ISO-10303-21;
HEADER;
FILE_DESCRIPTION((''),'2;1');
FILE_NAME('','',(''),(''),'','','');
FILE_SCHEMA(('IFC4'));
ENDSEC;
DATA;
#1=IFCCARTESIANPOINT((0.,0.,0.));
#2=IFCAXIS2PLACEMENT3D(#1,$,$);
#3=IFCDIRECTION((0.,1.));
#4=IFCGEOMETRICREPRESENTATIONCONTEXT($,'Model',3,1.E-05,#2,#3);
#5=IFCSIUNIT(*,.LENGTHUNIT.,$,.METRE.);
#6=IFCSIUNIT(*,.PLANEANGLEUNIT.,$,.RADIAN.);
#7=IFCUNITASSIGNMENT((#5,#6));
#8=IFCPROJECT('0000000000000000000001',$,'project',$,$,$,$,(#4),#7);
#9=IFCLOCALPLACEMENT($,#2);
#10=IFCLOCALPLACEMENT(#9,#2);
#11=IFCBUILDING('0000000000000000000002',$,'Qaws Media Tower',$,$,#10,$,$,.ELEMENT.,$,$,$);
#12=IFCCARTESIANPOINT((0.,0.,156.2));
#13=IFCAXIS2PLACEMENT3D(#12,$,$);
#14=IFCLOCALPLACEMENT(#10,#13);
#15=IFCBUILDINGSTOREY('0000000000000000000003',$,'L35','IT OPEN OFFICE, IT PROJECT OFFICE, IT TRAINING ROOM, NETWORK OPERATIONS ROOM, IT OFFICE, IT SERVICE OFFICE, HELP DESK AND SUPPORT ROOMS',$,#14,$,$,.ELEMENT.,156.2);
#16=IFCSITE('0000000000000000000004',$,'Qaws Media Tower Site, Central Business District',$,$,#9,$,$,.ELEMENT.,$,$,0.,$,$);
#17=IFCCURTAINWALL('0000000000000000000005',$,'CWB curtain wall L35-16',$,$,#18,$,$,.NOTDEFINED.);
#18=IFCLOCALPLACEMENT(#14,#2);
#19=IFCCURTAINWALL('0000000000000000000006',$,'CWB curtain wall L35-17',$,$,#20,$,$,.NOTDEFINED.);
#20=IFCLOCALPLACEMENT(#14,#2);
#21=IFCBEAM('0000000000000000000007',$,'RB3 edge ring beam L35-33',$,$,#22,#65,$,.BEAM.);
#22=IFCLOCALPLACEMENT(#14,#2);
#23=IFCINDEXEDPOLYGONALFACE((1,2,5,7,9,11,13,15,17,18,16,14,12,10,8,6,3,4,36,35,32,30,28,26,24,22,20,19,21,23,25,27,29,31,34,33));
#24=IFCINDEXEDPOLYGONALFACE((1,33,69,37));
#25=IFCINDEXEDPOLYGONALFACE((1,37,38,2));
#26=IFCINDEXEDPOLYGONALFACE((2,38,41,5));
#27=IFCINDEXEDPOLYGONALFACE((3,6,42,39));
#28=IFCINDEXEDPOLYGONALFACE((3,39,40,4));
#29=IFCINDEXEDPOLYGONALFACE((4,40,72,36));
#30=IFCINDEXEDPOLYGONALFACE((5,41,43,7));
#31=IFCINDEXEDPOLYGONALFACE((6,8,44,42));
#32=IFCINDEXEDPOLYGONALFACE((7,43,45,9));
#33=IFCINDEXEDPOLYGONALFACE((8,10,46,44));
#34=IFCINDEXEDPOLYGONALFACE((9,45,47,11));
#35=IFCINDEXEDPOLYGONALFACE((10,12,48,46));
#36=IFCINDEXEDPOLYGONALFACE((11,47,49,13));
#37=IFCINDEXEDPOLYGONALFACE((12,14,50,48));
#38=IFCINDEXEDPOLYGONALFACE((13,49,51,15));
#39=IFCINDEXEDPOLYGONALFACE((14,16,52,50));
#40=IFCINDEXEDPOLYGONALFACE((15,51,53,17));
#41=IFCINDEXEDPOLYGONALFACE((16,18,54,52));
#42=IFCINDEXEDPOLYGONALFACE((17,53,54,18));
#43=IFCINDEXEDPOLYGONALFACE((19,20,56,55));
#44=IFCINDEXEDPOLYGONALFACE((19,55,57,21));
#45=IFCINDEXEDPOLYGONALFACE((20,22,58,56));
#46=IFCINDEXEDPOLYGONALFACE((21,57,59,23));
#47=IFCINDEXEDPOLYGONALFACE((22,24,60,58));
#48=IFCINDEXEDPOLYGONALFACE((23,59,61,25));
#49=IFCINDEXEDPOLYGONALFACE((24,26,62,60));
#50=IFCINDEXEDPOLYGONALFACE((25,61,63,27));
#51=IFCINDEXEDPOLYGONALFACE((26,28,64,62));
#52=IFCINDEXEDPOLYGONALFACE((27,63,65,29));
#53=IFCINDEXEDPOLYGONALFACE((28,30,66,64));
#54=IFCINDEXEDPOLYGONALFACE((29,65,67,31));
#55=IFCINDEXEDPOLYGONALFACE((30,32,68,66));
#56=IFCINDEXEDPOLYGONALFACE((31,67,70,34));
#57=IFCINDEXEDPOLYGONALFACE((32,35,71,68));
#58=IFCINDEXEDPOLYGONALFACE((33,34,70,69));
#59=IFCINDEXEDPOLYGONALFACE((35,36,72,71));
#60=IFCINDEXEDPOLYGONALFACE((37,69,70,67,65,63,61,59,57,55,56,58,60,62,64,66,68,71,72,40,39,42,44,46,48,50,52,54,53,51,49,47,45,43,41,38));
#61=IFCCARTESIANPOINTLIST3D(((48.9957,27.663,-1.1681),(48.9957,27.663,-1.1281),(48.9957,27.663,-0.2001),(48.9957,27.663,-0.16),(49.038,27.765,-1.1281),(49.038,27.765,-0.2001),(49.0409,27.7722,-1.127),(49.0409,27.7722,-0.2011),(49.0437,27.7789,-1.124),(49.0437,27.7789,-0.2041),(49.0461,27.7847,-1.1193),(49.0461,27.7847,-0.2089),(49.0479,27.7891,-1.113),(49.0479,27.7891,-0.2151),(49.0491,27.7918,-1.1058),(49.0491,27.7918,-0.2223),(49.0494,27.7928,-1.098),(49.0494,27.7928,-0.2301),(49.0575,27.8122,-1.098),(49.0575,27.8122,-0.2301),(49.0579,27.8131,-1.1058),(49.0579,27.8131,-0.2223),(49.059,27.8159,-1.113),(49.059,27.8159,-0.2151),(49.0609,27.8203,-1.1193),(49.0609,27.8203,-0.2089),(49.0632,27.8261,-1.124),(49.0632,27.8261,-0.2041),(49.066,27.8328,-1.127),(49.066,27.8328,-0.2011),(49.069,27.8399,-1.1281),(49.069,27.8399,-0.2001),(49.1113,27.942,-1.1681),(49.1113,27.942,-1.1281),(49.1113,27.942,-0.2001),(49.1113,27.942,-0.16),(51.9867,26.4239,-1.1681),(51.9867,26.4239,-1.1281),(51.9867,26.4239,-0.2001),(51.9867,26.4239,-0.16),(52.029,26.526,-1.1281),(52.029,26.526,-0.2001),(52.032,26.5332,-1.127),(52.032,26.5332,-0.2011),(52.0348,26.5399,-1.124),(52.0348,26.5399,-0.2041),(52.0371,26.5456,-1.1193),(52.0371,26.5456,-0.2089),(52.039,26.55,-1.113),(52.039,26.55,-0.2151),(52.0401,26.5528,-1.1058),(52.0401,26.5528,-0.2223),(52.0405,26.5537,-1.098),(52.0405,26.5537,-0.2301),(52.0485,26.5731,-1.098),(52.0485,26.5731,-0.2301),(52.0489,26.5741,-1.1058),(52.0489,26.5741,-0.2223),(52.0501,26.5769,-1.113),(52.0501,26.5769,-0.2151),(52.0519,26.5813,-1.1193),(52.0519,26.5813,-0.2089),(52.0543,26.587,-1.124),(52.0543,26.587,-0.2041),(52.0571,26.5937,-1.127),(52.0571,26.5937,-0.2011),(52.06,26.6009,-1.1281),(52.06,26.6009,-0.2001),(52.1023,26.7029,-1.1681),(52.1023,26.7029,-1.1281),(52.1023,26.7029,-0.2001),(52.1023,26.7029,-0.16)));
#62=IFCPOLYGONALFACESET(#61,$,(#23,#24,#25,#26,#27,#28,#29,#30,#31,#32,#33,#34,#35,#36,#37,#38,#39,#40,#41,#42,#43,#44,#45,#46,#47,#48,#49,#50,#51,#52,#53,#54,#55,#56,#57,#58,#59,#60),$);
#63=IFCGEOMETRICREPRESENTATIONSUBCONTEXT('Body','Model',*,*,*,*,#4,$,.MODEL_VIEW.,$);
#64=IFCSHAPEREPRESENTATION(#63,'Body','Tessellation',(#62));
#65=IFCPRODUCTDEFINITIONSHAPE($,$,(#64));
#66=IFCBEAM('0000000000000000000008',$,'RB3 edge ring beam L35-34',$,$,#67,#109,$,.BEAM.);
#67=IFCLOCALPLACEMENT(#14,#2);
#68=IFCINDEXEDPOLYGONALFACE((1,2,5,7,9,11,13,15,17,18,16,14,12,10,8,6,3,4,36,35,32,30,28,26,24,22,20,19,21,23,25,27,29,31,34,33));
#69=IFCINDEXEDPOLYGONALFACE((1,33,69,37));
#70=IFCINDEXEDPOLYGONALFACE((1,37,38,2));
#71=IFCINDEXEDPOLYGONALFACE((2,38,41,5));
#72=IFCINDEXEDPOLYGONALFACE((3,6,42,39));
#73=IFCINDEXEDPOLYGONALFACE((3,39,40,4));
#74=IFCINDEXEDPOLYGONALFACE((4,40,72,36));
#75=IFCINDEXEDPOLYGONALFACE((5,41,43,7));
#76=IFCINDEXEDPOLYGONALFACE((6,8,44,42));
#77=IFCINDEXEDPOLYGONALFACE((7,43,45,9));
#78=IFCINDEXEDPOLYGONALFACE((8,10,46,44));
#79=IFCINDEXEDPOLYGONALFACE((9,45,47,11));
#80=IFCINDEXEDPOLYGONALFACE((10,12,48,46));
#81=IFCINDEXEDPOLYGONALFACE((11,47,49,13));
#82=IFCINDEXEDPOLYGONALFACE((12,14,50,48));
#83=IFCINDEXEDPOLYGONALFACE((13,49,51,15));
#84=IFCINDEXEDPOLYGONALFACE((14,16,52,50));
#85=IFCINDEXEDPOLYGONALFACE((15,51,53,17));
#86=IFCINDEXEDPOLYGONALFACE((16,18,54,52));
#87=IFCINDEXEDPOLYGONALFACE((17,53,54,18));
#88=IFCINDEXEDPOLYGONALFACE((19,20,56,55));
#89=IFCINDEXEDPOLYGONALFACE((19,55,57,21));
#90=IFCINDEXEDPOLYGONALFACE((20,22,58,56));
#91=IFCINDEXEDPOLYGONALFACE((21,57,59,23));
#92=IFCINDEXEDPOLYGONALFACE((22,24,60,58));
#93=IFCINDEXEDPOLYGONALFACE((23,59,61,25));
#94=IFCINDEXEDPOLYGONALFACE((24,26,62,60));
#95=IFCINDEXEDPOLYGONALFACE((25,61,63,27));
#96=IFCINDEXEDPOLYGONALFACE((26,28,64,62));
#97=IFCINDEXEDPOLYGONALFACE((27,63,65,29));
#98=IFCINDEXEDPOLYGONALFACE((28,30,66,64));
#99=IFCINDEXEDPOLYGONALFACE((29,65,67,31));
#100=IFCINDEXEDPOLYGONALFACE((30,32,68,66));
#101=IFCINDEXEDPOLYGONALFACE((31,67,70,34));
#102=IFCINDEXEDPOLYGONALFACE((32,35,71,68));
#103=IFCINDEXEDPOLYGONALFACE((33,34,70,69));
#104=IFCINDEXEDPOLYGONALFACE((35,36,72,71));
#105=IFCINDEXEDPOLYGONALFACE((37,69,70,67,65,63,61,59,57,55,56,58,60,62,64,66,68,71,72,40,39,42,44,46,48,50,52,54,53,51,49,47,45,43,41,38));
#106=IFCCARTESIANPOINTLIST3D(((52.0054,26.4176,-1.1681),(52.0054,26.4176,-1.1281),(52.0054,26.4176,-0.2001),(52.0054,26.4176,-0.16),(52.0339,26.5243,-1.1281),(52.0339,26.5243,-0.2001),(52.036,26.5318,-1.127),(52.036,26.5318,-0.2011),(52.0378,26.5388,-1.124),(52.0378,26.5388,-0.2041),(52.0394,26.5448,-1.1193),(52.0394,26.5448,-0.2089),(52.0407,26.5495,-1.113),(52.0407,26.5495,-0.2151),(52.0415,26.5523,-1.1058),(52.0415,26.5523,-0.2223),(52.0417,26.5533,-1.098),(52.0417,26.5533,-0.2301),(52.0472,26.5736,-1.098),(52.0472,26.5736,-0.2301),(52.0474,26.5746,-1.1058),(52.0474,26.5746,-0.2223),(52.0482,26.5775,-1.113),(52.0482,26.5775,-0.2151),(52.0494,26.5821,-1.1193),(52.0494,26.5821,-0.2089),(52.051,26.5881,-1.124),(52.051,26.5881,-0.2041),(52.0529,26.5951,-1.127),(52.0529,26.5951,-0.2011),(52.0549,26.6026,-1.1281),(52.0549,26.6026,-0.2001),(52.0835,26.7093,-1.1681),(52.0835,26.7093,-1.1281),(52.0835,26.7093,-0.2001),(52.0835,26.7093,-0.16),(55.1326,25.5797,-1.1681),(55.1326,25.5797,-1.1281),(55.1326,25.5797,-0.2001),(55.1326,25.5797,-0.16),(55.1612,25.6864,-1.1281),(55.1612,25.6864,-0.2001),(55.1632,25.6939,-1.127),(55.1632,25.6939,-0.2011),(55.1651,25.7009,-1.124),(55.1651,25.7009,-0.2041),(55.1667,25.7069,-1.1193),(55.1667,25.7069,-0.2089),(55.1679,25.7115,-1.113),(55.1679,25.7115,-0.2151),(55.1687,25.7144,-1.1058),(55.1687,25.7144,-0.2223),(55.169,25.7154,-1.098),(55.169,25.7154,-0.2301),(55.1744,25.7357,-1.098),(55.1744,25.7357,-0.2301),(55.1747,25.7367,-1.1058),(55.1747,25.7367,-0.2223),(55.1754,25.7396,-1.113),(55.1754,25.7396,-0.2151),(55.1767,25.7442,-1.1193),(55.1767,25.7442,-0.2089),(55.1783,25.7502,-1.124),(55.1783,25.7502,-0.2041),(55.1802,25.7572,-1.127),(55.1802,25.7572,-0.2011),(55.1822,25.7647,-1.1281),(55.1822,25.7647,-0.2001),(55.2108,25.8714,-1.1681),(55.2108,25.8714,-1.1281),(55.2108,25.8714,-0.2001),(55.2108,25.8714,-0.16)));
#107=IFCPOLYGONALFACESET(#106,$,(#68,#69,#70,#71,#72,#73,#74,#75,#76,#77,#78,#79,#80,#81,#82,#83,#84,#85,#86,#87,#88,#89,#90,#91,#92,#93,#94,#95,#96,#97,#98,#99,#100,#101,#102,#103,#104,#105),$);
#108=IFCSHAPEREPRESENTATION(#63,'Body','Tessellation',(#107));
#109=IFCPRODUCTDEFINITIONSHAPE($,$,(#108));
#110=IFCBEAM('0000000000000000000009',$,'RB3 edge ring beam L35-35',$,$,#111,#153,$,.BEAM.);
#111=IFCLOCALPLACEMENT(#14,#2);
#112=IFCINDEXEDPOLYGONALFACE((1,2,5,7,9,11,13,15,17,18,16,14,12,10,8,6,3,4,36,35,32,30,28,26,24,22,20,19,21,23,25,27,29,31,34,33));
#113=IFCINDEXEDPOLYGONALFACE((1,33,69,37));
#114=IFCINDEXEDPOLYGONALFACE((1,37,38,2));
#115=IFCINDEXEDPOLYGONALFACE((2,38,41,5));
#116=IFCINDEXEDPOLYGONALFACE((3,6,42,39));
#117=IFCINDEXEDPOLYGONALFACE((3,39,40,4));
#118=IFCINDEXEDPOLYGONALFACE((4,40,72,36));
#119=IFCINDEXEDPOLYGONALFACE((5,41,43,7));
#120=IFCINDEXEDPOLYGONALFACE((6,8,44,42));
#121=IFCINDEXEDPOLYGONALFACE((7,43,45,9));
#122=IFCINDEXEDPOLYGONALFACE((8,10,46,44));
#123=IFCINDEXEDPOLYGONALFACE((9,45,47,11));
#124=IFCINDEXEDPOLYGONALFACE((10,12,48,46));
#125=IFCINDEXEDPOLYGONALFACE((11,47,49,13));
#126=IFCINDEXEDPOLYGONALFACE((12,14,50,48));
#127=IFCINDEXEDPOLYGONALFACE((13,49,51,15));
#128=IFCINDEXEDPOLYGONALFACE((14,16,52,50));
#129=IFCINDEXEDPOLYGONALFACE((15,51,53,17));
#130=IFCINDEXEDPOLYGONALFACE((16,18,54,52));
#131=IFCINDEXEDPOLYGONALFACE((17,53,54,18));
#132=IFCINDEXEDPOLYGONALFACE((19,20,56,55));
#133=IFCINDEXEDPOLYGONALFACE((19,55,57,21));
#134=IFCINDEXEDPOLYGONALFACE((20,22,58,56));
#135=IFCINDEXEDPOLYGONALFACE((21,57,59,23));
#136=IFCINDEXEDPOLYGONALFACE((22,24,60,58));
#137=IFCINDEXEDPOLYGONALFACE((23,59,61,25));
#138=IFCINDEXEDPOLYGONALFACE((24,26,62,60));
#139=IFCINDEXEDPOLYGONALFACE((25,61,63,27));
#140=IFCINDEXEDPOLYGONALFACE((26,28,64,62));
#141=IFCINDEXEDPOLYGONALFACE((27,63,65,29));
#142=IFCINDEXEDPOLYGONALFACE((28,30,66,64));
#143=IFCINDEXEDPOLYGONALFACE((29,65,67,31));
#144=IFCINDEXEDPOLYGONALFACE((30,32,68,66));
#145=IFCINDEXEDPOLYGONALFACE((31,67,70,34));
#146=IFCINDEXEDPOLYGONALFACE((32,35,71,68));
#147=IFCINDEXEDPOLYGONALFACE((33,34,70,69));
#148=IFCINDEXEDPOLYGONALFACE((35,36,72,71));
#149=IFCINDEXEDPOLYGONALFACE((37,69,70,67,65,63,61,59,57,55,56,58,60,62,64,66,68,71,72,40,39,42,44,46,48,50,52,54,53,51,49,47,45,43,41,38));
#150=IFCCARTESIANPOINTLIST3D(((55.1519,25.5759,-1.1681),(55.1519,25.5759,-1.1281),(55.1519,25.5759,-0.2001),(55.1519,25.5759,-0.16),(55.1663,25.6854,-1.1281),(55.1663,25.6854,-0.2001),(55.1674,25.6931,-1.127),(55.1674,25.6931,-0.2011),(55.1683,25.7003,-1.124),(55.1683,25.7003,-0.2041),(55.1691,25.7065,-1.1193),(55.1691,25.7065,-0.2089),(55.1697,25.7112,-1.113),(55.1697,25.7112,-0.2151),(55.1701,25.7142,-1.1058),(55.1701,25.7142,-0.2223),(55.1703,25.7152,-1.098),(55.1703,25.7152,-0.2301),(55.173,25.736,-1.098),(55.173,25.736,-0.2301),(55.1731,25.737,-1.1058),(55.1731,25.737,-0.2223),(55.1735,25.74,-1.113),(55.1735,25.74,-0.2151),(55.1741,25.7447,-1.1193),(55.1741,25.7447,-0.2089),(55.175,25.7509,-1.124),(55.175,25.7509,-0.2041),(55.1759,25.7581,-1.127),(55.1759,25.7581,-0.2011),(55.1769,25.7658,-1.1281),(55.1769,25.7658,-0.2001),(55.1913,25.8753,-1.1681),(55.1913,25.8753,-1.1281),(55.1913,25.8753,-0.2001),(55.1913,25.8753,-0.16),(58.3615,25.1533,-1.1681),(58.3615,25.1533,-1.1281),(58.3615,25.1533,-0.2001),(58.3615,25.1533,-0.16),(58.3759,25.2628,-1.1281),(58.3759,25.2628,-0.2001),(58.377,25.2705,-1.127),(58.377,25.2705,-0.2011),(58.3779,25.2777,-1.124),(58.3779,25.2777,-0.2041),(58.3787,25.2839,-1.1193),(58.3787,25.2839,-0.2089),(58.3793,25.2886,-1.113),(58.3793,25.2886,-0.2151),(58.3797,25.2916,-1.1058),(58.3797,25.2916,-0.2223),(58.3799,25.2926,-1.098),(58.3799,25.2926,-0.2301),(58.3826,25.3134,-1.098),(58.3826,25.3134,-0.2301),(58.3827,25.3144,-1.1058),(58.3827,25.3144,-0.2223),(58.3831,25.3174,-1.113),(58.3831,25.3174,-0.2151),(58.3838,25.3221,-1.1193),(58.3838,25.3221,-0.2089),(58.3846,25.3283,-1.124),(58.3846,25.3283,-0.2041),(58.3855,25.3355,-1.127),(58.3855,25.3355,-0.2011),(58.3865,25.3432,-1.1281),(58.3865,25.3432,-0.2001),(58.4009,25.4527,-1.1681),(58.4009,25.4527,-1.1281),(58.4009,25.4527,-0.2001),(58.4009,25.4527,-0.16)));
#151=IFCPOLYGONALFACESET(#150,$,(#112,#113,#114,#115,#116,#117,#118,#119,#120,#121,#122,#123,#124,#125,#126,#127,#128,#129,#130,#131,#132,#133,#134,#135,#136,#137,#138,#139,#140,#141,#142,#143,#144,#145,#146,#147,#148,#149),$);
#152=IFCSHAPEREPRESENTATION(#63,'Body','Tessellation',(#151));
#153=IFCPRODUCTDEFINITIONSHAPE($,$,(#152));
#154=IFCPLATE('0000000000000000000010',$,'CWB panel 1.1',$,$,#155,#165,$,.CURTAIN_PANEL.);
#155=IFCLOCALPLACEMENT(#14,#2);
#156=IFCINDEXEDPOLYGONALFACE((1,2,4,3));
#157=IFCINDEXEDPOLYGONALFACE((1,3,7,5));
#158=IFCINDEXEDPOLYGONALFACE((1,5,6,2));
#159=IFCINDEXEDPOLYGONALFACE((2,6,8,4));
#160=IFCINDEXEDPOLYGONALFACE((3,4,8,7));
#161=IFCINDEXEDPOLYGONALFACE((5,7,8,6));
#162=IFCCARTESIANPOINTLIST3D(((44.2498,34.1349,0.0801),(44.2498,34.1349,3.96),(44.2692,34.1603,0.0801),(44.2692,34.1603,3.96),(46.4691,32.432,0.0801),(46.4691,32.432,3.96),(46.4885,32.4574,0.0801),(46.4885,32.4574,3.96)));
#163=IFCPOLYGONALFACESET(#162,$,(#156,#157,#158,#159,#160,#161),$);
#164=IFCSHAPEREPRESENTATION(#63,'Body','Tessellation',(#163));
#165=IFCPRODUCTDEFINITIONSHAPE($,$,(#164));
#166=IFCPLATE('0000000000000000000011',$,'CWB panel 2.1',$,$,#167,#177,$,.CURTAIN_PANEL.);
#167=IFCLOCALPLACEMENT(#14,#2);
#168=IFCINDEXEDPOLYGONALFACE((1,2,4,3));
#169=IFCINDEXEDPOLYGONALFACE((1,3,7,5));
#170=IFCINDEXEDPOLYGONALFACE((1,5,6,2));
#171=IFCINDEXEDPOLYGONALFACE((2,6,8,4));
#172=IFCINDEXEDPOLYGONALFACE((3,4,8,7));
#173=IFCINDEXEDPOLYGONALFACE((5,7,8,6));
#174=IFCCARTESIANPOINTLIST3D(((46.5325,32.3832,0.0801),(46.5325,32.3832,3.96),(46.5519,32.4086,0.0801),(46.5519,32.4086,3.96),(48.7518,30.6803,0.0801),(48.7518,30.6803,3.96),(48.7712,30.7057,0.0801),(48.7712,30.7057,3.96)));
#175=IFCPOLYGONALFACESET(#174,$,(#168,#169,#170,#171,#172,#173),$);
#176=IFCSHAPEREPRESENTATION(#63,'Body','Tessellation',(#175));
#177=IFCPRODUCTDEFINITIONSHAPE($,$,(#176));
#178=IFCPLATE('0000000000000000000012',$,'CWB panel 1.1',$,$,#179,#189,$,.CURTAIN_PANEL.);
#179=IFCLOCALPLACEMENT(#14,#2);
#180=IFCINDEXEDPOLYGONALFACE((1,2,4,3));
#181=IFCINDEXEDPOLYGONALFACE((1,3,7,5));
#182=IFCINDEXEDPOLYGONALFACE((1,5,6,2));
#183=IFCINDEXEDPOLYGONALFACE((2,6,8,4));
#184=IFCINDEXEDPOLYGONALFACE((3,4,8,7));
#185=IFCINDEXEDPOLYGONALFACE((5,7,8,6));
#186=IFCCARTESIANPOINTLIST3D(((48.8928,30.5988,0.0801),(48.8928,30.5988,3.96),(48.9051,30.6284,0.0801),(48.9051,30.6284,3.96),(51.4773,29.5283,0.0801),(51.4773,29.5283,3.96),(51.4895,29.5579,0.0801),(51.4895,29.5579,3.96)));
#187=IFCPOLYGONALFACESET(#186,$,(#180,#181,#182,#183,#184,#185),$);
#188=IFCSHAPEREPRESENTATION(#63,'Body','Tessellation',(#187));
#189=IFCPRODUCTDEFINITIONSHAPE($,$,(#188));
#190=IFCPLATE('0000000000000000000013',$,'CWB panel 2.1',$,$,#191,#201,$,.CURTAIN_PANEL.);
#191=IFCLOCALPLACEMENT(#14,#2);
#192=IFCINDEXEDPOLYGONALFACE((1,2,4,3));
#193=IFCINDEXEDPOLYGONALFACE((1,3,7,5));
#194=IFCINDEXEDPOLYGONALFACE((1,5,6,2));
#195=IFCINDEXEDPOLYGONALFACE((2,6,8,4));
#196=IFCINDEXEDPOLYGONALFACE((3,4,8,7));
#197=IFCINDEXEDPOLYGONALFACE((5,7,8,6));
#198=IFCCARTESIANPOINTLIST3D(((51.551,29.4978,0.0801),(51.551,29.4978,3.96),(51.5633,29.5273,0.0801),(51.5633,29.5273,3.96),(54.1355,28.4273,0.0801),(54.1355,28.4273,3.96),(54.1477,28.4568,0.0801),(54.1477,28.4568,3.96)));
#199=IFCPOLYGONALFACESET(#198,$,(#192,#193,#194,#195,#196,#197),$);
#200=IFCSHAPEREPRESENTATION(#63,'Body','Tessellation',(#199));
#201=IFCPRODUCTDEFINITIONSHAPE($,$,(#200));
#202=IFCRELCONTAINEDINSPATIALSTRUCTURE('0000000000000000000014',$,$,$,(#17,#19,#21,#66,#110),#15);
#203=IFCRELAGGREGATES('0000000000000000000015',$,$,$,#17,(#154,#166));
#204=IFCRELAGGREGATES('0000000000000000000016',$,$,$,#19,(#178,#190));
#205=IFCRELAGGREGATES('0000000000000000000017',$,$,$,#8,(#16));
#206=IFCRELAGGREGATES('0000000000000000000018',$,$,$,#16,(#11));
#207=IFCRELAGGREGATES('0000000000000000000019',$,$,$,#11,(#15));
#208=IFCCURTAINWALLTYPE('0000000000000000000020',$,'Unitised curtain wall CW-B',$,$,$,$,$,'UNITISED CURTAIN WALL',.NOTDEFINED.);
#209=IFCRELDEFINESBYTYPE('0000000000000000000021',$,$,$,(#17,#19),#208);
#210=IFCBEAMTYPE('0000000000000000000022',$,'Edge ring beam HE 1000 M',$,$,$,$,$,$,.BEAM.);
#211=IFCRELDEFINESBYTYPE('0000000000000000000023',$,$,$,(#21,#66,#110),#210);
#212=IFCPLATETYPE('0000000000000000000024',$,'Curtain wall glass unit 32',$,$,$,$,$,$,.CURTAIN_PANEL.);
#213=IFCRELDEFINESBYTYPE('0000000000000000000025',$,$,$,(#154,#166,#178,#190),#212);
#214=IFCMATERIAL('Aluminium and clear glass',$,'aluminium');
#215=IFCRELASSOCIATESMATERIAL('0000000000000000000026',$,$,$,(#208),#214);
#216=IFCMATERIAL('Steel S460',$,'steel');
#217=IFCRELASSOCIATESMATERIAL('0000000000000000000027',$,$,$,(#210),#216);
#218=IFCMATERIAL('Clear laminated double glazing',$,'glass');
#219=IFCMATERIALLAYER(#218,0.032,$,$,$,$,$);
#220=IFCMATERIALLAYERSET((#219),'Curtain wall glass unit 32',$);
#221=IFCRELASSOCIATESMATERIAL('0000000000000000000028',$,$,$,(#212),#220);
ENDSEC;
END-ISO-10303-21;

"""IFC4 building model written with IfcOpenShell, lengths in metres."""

from ifc_helpers import new_model, si_unit, direction, frame, origin, origin_2d, place, context, subcontext, project, spatial, rectangle, i_section, extrude, material, layer, layer_set, material_profile, profile_set, type_object, element, aggregate, save


model = new_model("IFC4")

# Units and contexts
model_context = context("Model", 3, precision=1e-05, world=origin(), true_north=direction((0.0, 1.0)))
body_context = subcontext(model_context, "Body", "Model", "MODEL_VIEW")
ifc_project = project(units=[si_unit("LENGTHUNIT", "METRE"), si_unit("PLANEANGLEUNIT", "RADIAN")], contexts=[model_context])

# Site, building, storey
site_placement = place(None, origin())
site = spatial("IfcSite", under=ifc_project, at=site_placement, Name="Qaws Media Tower Site, Central Business District", CompositionType="ELEMENT", RefElevation=0.0)
building_placement = place(site_placement, origin())
building = spatial("IfcBuilding", under=site, at=building_placement, Name="Qaws Media Tower", CompositionType="ELEMENT")
storey_placement = place(building_placement, frame((0.0, 0.0, 156.2)))
storey = spatial("IfcBuildingStorey", under=building, at=storey_placement, Name="L35", Description="IT OPEN OFFICE, IT PROJECT OFFICE, IT TRAINING ROOM, NETWORK OPERATIONS ROOM, IT OFFICE, IT SERVICE OFFICE, HELP DESK AND SUPPORT ROOMS", CompositionType="ELEMENT", Elevation=156.2)

# Curtain walls
ifc_material_1 = material(Name="Aluminium and clear glass", Category="aluminium")
curtain_wall_type = type_object("IfcCurtainWallType", Name="Unitised curtain wall CW-B", ElementType="UNITISED CURTAIN WALL", PredefinedType="NOTDEFINED", material=ifc_material_1)
curtain_wall_1_placement = place(storey_placement, origin())
curtain_wall_1 = element("IfcCurtainWall", 1, at=curtain_wall_1_placement, inside=storey, type_object=curtain_wall_type, Name="CWB curtain wall L35-16", PredefinedType="NOTDEFINED")
curtain_wall_2_placement = place(storey_placement, origin())
curtain_wall_2 = element("IfcCurtainWall", 2, at=curtain_wall_2_placement, inside=storey, type_object=curtain_wall_type, Name="CWB curtain wall L35-17", PredefinedType="NOTDEFINED")

# Beams
ifc_material_2 = material(Name="Steel S460", Category="steel")
ifc_material_profile_1 = material_profile(ifc_material_2, i_section(OverallWidth=0.302, OverallDepth=1.0081, WebThickness=0.021, FlangeThickness=0.04, FilletRadius=0.03, at=origin_2d()), Name="HE 1000 M")
ifc_profile_set_1 = profile_set([ifc_material_profile_1], Name="Steel S460")
beam_type = type_object("IfcBeamType", Name="Edge ring beam HE 1000 M", PredefinedType="BEAM", material=ifc_profile_set_1)
for number, where, z_axis, x_axis, name in (
    (3, (49.0535, 27.8025, -0.6641), (0.923867, -0.382714, 0.0), (0.382714, 0.923867, 0.0), "RB3 edge ring beam L35-33"),
    (4, (52.0444, 26.5635, -0.6641), (0.965929, -0.258808, 0.0), (0.258808, 0.965929, 0.0), "RB3 edge ring beam L35-34"),
):
    element("IfcBeam", number, at=place(storey_placement, frame(where, z_axis=z_axis, x_axis=x_axis)), inside=storey, type_object=beam_type, Name=name, PredefinedType="BEAM", context=body_context, shape_type="SweptSolid", body=[
        extrude(i_section(OverallWidth=0.302, OverallDepth=1.0081, WebThickness=0.021, FlangeThickness=0.04, FilletRadius=0.03, at=origin_2d()), origin(), (0.0, 0.0, 1.0), 3.2375),
    ])
beam_1_placement = place(storey_placement, frame((55.1716, 25.7256, -0.6641), z_axis=(0.991443, -0.130538, 0.0), x_axis=(0.130538, 0.991443, 0.0)))
element("IfcBeam", 5, at=beam_1_placement, inside=storey, type_object=beam_type, Name="RB3 edge ring beam L35-35", PredefinedType="BEAM", context=body_context, shape_type="SweptSolid", body=[
    extrude(i_section(OverallWidth=0.302, OverallDepth=1.0081, WebThickness=0.021, FlangeThickness=0.04, FilletRadius=0.03, at=origin_2d()), origin(), (0.0, 0.0, 1.0), 3.2373),
])

# Plates
ifc_material_3 = material(Name="Clear laminated double glazing", Category="glass")
ifc_layer_1 = layer(ifc_material_3, 0.032)
ifc_layer_set_1 = layer_set([ifc_layer_1], Name="Curtain wall glass unit 32")
plate_type_1 = type_object("IfcPlateType", Name="Curtain wall glass unit 32", PredefinedType="CURTAIN_PANEL", material=ifc_layer_set_1)
plate_1_placement = place(storey_placement, frame((45.3691, 33.2961, 0.0801), z_axis=(0.0, 0.0, 1.0), x_axis=(0.793353, -0.608761, 0.0)))
plate_1 = element("IfcPlate", 6, at=plate_1_placement, type_object=plate_type_1, Name="CWB panel 1.1", PredefinedType="CURTAIN_PANEL", context=body_context, shape_type="SweptSolid", body=[
    extrude(rectangle(XDim=2.7974, YDim=0.032, at=origin_2d()), origin(), (0.0, 0.0, 1.0), 3.8799),
])
plate_2_placement = place(storey_placement, frame((47.6519, 31.5444, 0.0801), z_axis=(0.0, 0.0, 1.0), x_axis=(0.793353, -0.608761, 0.0)))
plate_2 = element("IfcPlate", 7, at=plate_2_placement, type_object=plate_type_1, Name="CWB panel 2.1", PredefinedType="CURTAIN_PANEL", context=body_context, shape_type="SweptSolid", body=[
    extrude(rectangle(XDim=2.7974, YDim=0.032, at=origin_2d()), origin(), (0.0, 0.0, 1.0), 3.8799),
])
aggregate(curtain_wall_1, [plate_1, plate_2])
plate_3_placement = place(storey_placement, frame((50.1912, 30.0784, 0.0801), z_axis=(0.0, 0.0, 1.0), x_axis=(0.92388, -0.382683, 0.0)))
plate_3 = element("IfcPlate", 8, at=plate_3_placement, type_object=plate_type_1, Name="CWB panel 1.1", PredefinedType="CURTAIN_PANEL", context=body_context, shape_type="SweptSolid", body=[
    extrude(rectangle(XDim=2.7974, YDim=0.032, at=origin_2d()), origin(), (0.0, 0.0, 1.0), 3.8799),
])
plate_4_placement = place(storey_placement, frame((52.8494, 28.9773, 0.0801), z_axis=(0.0, 0.0, 1.0), x_axis=(0.92388, -0.382683, 0.0)))
plate_4 = element("IfcPlate", 9, at=plate_4_placement, type_object=plate_type_1, Name="CWB panel 2.1", PredefinedType="CURTAIN_PANEL", context=body_context, shape_type="SweptSolid", body=[
    extrude(rectangle(XDim=2.7974, YDim=0.032, at=origin_2d()), origin(), (0.0, 0.0, 1.0), 3.8799),
])
aggregate(curtain_wall_2, [plate_3, plate_4])

save(model, "model.ifc")
